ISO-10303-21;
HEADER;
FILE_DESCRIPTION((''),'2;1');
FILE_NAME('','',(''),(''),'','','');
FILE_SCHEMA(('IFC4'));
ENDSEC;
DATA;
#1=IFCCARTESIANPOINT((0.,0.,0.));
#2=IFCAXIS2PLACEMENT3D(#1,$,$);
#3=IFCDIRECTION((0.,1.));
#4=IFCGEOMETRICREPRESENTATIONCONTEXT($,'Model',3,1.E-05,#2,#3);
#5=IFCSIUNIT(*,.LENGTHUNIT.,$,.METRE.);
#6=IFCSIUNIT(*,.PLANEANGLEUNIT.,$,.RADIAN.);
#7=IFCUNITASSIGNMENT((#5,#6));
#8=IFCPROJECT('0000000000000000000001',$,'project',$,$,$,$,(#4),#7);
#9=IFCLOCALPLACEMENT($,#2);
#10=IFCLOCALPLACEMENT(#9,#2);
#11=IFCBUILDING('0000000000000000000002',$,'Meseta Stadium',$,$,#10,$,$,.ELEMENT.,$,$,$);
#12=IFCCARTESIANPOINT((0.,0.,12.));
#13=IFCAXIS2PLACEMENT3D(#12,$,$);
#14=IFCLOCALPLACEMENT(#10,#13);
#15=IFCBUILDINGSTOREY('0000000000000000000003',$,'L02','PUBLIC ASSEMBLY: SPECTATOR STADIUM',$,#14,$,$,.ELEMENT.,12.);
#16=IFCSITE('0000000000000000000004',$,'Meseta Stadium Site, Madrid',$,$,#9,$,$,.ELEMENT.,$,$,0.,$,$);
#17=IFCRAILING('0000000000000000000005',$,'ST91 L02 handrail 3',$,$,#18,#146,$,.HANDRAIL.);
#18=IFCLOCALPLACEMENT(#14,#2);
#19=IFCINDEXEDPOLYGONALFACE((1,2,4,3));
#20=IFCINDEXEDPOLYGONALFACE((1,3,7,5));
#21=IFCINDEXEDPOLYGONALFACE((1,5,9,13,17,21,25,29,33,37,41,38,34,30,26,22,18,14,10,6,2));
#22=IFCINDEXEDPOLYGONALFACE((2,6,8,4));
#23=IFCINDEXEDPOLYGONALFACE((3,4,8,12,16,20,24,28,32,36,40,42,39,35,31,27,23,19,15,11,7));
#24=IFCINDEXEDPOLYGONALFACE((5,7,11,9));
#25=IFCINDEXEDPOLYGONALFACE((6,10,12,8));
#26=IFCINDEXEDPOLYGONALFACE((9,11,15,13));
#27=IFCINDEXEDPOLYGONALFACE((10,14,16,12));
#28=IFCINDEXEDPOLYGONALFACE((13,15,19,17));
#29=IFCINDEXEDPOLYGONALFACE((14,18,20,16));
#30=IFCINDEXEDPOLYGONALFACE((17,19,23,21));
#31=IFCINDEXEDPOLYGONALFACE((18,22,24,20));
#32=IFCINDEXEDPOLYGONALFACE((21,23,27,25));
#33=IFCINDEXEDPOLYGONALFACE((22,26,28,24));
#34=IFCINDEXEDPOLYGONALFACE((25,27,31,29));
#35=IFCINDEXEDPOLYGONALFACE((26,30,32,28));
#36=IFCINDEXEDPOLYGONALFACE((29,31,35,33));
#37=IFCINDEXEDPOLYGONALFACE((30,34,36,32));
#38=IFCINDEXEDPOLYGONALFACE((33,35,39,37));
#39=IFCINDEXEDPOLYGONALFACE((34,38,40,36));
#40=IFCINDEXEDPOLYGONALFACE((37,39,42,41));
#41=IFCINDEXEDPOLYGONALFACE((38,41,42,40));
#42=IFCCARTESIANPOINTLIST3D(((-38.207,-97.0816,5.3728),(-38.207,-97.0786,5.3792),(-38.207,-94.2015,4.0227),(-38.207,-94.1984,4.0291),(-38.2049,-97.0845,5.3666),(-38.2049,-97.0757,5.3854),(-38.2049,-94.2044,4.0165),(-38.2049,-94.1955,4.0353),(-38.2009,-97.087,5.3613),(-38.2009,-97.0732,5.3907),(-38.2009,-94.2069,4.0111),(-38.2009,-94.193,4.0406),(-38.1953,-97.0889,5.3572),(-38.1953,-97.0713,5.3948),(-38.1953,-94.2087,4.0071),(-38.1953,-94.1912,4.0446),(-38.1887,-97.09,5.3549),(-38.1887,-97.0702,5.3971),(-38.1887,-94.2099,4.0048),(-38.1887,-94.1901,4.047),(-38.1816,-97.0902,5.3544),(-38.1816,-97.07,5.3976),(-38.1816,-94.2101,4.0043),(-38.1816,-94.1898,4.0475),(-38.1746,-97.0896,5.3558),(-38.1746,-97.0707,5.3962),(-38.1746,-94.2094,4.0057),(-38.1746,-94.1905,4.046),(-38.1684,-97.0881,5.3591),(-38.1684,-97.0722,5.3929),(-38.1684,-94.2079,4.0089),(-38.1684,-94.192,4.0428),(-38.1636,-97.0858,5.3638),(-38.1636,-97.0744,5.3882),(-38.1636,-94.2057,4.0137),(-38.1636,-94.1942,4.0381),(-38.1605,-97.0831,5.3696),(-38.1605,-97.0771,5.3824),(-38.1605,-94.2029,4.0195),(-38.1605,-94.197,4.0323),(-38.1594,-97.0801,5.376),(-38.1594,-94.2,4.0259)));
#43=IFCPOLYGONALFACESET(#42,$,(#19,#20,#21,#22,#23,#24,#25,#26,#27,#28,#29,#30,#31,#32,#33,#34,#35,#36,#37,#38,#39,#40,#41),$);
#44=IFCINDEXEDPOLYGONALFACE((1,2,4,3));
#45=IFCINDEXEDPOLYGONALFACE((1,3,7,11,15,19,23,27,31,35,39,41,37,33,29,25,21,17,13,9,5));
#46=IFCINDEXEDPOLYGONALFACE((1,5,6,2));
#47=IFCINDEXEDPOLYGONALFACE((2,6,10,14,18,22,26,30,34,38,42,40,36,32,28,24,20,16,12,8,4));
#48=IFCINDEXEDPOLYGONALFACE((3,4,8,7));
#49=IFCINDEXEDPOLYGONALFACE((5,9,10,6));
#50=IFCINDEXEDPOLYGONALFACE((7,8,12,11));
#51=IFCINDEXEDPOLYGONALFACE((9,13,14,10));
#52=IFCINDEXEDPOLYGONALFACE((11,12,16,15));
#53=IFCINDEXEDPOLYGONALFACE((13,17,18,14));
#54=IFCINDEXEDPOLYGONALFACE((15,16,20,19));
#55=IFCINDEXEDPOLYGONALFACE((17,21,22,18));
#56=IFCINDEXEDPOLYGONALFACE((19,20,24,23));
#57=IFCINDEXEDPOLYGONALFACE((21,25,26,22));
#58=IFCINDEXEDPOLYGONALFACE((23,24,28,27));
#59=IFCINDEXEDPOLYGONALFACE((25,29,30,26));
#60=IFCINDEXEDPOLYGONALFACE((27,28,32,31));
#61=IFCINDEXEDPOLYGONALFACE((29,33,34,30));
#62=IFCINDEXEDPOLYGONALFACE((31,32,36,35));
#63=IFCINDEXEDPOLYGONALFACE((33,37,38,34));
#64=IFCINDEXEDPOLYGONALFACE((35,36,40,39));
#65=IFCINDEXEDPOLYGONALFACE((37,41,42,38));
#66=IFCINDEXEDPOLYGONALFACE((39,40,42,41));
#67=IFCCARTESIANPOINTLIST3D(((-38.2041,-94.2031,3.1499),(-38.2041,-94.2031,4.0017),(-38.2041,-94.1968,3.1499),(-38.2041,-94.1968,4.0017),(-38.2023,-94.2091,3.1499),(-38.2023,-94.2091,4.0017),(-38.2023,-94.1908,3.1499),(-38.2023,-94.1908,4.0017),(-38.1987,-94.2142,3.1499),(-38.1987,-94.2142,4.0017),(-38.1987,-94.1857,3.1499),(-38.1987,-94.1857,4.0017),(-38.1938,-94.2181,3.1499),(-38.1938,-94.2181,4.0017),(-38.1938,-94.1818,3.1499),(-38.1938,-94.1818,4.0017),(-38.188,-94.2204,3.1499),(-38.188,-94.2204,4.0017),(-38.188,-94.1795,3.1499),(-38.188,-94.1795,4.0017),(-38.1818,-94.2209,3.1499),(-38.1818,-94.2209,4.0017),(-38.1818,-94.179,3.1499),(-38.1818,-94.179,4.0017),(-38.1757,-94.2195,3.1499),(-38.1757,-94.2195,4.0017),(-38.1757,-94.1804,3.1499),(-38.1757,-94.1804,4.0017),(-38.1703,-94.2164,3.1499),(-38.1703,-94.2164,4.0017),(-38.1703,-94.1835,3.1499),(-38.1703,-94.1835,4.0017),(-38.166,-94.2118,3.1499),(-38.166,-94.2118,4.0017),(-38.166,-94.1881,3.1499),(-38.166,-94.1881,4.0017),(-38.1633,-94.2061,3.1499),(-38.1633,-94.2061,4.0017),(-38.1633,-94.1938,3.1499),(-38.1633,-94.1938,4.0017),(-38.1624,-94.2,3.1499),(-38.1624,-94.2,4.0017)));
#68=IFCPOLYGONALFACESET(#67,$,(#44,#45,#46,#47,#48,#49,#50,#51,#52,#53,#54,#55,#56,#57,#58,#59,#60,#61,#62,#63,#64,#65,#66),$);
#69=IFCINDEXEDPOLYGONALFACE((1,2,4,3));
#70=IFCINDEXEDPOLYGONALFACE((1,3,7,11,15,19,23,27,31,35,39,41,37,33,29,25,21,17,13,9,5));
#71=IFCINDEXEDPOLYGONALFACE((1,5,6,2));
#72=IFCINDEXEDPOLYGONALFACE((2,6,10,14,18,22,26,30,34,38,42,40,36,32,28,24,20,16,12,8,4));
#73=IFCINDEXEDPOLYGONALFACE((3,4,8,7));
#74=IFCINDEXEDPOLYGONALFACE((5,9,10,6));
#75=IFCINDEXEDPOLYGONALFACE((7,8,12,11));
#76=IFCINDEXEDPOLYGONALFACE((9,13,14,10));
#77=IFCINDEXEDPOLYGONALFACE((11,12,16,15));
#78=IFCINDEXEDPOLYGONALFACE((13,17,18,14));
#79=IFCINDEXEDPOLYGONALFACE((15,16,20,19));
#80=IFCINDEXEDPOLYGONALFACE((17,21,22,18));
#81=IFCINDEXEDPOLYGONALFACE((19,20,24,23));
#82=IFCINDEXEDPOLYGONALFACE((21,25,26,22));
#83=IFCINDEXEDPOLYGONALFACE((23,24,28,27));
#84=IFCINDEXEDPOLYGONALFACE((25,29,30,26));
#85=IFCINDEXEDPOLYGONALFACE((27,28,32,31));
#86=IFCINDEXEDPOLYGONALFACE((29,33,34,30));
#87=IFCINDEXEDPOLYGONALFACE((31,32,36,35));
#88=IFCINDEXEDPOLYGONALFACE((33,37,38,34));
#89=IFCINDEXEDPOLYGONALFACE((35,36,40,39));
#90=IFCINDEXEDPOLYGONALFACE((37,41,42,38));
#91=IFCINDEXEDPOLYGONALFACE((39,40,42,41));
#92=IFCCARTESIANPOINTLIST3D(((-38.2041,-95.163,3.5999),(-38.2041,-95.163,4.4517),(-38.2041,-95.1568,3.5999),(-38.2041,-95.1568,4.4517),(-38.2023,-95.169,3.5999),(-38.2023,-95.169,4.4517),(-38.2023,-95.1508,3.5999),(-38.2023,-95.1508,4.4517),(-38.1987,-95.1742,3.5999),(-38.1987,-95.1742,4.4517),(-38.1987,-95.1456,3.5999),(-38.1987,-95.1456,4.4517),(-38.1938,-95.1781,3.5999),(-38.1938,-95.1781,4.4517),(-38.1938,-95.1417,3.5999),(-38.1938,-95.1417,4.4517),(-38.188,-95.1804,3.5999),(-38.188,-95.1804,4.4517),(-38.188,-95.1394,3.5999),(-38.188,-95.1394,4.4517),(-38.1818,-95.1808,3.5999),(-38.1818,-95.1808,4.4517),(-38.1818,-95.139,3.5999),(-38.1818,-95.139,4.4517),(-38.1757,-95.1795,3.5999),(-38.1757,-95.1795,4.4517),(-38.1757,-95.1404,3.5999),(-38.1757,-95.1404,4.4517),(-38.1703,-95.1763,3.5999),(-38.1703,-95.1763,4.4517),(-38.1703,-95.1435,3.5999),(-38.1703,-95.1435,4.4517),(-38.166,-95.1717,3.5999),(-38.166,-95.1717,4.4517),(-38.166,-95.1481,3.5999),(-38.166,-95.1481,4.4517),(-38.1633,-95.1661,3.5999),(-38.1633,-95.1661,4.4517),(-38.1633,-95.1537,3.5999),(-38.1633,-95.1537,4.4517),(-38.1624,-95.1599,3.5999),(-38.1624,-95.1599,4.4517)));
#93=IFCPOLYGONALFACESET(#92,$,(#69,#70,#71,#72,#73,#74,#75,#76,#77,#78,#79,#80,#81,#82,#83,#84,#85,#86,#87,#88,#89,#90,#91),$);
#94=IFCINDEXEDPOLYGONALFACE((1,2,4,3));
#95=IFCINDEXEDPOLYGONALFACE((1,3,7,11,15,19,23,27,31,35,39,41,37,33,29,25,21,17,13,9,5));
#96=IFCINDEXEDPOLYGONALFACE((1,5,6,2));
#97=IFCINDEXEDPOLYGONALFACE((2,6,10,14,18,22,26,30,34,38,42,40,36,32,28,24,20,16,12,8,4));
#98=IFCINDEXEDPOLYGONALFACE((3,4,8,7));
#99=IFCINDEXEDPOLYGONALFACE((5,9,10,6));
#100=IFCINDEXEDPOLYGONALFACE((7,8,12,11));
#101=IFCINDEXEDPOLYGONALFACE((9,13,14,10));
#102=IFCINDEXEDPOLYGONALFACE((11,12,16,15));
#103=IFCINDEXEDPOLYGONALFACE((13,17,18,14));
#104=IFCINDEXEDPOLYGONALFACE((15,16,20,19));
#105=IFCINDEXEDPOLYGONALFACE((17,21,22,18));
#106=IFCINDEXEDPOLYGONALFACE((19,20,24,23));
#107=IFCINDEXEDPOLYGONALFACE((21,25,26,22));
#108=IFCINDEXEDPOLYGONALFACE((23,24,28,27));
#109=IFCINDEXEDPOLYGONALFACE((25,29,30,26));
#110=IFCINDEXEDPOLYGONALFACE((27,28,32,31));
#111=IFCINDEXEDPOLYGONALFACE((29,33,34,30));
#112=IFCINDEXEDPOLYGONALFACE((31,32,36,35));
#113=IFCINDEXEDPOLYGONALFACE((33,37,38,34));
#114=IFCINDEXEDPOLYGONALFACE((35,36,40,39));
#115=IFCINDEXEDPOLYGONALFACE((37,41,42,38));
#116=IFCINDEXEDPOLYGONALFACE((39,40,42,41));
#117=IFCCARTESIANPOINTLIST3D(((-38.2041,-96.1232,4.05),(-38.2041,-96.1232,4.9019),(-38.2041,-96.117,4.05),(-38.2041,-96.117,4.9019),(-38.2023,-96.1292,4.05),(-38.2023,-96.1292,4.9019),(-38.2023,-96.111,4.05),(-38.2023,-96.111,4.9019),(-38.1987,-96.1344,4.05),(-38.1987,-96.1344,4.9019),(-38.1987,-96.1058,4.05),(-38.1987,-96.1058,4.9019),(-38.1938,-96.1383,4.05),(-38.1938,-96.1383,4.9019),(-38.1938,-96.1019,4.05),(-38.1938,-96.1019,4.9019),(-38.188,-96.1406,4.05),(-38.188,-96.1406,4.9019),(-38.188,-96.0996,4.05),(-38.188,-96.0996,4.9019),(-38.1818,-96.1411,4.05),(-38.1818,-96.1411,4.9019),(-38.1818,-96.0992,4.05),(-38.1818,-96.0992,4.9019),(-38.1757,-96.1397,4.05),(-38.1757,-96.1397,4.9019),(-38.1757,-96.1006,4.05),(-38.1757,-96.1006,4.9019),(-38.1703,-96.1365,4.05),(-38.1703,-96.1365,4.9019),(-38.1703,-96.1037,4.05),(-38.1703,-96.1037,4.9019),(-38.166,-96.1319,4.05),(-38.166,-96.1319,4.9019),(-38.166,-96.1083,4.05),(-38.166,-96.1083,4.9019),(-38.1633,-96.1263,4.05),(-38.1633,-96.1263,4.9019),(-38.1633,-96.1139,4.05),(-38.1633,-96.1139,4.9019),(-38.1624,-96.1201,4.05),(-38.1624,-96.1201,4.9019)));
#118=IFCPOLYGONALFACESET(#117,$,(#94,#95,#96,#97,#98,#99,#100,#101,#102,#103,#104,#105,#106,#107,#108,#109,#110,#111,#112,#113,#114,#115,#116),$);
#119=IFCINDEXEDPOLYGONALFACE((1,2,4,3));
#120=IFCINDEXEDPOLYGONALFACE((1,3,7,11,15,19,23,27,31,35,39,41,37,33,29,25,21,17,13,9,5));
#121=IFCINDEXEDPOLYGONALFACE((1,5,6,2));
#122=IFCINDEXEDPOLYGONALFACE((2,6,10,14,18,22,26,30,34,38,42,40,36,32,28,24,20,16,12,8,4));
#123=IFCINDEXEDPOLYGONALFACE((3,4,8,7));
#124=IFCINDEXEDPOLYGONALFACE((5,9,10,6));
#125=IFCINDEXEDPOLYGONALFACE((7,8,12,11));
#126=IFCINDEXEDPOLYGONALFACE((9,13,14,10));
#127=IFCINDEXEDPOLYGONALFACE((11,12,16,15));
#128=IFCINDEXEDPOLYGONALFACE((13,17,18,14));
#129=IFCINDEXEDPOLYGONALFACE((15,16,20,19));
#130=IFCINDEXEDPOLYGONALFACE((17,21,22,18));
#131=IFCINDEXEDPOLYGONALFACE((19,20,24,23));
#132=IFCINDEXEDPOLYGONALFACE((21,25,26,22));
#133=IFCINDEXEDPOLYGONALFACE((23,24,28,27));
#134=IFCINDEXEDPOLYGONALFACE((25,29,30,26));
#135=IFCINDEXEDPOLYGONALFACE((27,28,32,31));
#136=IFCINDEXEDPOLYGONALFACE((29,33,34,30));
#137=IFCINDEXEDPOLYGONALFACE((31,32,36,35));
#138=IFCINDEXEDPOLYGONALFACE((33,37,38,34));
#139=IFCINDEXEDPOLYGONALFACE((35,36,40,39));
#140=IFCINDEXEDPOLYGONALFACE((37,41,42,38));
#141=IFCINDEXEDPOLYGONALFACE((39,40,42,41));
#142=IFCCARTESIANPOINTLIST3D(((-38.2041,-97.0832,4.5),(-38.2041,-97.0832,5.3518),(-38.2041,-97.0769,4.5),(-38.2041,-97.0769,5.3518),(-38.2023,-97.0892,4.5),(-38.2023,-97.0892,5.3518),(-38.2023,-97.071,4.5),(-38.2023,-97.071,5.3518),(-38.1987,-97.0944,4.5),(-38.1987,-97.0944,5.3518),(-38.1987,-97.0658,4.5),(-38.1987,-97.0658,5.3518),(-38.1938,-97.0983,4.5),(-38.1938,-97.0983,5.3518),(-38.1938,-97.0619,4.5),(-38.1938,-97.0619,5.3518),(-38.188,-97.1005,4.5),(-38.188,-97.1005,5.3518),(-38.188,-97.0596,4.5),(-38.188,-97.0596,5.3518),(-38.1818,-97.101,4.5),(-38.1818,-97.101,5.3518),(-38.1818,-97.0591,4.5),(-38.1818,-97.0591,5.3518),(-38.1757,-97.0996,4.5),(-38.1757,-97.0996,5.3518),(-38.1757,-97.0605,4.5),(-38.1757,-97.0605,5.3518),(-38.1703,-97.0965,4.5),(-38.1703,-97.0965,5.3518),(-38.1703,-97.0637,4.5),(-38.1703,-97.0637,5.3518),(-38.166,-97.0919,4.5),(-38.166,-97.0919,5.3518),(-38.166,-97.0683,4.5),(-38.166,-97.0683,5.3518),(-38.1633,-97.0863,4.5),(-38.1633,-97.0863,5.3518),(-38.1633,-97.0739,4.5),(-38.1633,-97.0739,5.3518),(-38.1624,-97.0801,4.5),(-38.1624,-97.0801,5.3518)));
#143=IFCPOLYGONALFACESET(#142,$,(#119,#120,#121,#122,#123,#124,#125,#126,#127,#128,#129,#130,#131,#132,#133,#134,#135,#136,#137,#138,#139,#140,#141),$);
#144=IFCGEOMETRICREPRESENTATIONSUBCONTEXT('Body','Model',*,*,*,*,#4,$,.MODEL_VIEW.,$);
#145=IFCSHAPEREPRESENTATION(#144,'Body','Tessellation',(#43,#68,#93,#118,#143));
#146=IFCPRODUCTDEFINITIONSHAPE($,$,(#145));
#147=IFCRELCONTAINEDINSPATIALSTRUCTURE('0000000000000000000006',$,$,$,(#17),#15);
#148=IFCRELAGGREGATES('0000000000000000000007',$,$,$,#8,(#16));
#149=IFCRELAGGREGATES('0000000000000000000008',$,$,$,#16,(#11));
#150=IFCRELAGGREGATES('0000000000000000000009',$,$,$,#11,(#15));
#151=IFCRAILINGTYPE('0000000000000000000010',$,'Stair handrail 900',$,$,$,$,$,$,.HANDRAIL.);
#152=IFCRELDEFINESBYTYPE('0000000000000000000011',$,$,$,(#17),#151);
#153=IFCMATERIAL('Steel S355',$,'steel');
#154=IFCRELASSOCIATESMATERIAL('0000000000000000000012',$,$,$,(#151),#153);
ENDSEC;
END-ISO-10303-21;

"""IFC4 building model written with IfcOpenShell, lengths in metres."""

from ifc_helpers import new_model, si_unit, direction, frame, origin, origin_2d, place, context, subcontext, project, spatial, circle, extrude, material, type_object, element, save


model = new_model("IFC4")

# Units and contexts
model_context = context("Model", 3, precision=1e-05, world=origin(), true_north=direction((0.0, 1.0)))
body_context = subcontext(model_context, "Body", "Model", "MODEL_VIEW")
ifc_project = project(units=[si_unit("LENGTHUNIT", "METRE"), si_unit("PLANEANGLEUNIT", "RADIAN")], contexts=[model_context])

# Site, building, storey
site_placement = place(None, origin())
site = spatial("IfcSite", under=ifc_project, at=site_placement, Name="Meseta Stadium Site, Madrid", CompositionType="ELEMENT", RefElevation=0.0)
building_placement = place(site_placement, origin())
building = spatial("IfcBuilding", under=site, at=building_placement, Name="Meseta Stadium", CompositionType="ELEMENT")
storey_placement = place(building_placement, frame((0.0, 0.0, 12.0)))
storey = spatial("IfcBuildingStorey", under=building, at=storey_placement, Name="L02", Description="PUBLIC ASSEMBLY: SPECTATOR STADIUM", CompositionType="ELEMENT", Elevation=12.0)

# Railing
ifc_material_1 = material(Name="Steel S355", Category="steel")
railing_type_1 = type_object("IfcRailingType", Name="Stair handrail 900", PredefinedType="HANDRAIL", material=ifc_material_1)
for number, where, name in (
    (1, (-38.1833, -94.2, 3.1499), "ST91 L02 handrail 3"),
):
    element("IfcRailing", number, at=place(storey_placement, frame(where)), inside=storey, type_object=railing_type_1, Name=name, PredefinedType="HANDRAIL", context=body_context, shape_type="SweptSolid", body=[
        extrude(circle(Radius=0.0239, at=origin_2d()), frame((0.0, 0.0, 0.876), z_axis=(0.0, -0.905454, 0.424444), x_axis=(1.0, 0.0, 0.0)), (0.0, 0.0, 1.0), 3.1809),
        extrude(circle(Radius=0.021, at=origin_2d()), origin(), (0.0, 0.0, 1.0), 0.8518),
        extrude(circle(Radius=0.021, at=origin_2d()), frame((0.0, -0.96, 0.45)), (0.0, 0.0, 1.0), 0.8518),
        extrude(circle(Radius=0.021, at=origin_2d()), frame((0.0, -1.9202, 0.9001)), (0.0, 0.0, 1.0), 0.8518),
        extrude(circle(Radius=0.021, at=origin_2d()), frame((0.0, -2.8801, 1.3501)), (0.0, 0.0, 1.0), 0.8518),
    ])

save(model, "model.ifc")
